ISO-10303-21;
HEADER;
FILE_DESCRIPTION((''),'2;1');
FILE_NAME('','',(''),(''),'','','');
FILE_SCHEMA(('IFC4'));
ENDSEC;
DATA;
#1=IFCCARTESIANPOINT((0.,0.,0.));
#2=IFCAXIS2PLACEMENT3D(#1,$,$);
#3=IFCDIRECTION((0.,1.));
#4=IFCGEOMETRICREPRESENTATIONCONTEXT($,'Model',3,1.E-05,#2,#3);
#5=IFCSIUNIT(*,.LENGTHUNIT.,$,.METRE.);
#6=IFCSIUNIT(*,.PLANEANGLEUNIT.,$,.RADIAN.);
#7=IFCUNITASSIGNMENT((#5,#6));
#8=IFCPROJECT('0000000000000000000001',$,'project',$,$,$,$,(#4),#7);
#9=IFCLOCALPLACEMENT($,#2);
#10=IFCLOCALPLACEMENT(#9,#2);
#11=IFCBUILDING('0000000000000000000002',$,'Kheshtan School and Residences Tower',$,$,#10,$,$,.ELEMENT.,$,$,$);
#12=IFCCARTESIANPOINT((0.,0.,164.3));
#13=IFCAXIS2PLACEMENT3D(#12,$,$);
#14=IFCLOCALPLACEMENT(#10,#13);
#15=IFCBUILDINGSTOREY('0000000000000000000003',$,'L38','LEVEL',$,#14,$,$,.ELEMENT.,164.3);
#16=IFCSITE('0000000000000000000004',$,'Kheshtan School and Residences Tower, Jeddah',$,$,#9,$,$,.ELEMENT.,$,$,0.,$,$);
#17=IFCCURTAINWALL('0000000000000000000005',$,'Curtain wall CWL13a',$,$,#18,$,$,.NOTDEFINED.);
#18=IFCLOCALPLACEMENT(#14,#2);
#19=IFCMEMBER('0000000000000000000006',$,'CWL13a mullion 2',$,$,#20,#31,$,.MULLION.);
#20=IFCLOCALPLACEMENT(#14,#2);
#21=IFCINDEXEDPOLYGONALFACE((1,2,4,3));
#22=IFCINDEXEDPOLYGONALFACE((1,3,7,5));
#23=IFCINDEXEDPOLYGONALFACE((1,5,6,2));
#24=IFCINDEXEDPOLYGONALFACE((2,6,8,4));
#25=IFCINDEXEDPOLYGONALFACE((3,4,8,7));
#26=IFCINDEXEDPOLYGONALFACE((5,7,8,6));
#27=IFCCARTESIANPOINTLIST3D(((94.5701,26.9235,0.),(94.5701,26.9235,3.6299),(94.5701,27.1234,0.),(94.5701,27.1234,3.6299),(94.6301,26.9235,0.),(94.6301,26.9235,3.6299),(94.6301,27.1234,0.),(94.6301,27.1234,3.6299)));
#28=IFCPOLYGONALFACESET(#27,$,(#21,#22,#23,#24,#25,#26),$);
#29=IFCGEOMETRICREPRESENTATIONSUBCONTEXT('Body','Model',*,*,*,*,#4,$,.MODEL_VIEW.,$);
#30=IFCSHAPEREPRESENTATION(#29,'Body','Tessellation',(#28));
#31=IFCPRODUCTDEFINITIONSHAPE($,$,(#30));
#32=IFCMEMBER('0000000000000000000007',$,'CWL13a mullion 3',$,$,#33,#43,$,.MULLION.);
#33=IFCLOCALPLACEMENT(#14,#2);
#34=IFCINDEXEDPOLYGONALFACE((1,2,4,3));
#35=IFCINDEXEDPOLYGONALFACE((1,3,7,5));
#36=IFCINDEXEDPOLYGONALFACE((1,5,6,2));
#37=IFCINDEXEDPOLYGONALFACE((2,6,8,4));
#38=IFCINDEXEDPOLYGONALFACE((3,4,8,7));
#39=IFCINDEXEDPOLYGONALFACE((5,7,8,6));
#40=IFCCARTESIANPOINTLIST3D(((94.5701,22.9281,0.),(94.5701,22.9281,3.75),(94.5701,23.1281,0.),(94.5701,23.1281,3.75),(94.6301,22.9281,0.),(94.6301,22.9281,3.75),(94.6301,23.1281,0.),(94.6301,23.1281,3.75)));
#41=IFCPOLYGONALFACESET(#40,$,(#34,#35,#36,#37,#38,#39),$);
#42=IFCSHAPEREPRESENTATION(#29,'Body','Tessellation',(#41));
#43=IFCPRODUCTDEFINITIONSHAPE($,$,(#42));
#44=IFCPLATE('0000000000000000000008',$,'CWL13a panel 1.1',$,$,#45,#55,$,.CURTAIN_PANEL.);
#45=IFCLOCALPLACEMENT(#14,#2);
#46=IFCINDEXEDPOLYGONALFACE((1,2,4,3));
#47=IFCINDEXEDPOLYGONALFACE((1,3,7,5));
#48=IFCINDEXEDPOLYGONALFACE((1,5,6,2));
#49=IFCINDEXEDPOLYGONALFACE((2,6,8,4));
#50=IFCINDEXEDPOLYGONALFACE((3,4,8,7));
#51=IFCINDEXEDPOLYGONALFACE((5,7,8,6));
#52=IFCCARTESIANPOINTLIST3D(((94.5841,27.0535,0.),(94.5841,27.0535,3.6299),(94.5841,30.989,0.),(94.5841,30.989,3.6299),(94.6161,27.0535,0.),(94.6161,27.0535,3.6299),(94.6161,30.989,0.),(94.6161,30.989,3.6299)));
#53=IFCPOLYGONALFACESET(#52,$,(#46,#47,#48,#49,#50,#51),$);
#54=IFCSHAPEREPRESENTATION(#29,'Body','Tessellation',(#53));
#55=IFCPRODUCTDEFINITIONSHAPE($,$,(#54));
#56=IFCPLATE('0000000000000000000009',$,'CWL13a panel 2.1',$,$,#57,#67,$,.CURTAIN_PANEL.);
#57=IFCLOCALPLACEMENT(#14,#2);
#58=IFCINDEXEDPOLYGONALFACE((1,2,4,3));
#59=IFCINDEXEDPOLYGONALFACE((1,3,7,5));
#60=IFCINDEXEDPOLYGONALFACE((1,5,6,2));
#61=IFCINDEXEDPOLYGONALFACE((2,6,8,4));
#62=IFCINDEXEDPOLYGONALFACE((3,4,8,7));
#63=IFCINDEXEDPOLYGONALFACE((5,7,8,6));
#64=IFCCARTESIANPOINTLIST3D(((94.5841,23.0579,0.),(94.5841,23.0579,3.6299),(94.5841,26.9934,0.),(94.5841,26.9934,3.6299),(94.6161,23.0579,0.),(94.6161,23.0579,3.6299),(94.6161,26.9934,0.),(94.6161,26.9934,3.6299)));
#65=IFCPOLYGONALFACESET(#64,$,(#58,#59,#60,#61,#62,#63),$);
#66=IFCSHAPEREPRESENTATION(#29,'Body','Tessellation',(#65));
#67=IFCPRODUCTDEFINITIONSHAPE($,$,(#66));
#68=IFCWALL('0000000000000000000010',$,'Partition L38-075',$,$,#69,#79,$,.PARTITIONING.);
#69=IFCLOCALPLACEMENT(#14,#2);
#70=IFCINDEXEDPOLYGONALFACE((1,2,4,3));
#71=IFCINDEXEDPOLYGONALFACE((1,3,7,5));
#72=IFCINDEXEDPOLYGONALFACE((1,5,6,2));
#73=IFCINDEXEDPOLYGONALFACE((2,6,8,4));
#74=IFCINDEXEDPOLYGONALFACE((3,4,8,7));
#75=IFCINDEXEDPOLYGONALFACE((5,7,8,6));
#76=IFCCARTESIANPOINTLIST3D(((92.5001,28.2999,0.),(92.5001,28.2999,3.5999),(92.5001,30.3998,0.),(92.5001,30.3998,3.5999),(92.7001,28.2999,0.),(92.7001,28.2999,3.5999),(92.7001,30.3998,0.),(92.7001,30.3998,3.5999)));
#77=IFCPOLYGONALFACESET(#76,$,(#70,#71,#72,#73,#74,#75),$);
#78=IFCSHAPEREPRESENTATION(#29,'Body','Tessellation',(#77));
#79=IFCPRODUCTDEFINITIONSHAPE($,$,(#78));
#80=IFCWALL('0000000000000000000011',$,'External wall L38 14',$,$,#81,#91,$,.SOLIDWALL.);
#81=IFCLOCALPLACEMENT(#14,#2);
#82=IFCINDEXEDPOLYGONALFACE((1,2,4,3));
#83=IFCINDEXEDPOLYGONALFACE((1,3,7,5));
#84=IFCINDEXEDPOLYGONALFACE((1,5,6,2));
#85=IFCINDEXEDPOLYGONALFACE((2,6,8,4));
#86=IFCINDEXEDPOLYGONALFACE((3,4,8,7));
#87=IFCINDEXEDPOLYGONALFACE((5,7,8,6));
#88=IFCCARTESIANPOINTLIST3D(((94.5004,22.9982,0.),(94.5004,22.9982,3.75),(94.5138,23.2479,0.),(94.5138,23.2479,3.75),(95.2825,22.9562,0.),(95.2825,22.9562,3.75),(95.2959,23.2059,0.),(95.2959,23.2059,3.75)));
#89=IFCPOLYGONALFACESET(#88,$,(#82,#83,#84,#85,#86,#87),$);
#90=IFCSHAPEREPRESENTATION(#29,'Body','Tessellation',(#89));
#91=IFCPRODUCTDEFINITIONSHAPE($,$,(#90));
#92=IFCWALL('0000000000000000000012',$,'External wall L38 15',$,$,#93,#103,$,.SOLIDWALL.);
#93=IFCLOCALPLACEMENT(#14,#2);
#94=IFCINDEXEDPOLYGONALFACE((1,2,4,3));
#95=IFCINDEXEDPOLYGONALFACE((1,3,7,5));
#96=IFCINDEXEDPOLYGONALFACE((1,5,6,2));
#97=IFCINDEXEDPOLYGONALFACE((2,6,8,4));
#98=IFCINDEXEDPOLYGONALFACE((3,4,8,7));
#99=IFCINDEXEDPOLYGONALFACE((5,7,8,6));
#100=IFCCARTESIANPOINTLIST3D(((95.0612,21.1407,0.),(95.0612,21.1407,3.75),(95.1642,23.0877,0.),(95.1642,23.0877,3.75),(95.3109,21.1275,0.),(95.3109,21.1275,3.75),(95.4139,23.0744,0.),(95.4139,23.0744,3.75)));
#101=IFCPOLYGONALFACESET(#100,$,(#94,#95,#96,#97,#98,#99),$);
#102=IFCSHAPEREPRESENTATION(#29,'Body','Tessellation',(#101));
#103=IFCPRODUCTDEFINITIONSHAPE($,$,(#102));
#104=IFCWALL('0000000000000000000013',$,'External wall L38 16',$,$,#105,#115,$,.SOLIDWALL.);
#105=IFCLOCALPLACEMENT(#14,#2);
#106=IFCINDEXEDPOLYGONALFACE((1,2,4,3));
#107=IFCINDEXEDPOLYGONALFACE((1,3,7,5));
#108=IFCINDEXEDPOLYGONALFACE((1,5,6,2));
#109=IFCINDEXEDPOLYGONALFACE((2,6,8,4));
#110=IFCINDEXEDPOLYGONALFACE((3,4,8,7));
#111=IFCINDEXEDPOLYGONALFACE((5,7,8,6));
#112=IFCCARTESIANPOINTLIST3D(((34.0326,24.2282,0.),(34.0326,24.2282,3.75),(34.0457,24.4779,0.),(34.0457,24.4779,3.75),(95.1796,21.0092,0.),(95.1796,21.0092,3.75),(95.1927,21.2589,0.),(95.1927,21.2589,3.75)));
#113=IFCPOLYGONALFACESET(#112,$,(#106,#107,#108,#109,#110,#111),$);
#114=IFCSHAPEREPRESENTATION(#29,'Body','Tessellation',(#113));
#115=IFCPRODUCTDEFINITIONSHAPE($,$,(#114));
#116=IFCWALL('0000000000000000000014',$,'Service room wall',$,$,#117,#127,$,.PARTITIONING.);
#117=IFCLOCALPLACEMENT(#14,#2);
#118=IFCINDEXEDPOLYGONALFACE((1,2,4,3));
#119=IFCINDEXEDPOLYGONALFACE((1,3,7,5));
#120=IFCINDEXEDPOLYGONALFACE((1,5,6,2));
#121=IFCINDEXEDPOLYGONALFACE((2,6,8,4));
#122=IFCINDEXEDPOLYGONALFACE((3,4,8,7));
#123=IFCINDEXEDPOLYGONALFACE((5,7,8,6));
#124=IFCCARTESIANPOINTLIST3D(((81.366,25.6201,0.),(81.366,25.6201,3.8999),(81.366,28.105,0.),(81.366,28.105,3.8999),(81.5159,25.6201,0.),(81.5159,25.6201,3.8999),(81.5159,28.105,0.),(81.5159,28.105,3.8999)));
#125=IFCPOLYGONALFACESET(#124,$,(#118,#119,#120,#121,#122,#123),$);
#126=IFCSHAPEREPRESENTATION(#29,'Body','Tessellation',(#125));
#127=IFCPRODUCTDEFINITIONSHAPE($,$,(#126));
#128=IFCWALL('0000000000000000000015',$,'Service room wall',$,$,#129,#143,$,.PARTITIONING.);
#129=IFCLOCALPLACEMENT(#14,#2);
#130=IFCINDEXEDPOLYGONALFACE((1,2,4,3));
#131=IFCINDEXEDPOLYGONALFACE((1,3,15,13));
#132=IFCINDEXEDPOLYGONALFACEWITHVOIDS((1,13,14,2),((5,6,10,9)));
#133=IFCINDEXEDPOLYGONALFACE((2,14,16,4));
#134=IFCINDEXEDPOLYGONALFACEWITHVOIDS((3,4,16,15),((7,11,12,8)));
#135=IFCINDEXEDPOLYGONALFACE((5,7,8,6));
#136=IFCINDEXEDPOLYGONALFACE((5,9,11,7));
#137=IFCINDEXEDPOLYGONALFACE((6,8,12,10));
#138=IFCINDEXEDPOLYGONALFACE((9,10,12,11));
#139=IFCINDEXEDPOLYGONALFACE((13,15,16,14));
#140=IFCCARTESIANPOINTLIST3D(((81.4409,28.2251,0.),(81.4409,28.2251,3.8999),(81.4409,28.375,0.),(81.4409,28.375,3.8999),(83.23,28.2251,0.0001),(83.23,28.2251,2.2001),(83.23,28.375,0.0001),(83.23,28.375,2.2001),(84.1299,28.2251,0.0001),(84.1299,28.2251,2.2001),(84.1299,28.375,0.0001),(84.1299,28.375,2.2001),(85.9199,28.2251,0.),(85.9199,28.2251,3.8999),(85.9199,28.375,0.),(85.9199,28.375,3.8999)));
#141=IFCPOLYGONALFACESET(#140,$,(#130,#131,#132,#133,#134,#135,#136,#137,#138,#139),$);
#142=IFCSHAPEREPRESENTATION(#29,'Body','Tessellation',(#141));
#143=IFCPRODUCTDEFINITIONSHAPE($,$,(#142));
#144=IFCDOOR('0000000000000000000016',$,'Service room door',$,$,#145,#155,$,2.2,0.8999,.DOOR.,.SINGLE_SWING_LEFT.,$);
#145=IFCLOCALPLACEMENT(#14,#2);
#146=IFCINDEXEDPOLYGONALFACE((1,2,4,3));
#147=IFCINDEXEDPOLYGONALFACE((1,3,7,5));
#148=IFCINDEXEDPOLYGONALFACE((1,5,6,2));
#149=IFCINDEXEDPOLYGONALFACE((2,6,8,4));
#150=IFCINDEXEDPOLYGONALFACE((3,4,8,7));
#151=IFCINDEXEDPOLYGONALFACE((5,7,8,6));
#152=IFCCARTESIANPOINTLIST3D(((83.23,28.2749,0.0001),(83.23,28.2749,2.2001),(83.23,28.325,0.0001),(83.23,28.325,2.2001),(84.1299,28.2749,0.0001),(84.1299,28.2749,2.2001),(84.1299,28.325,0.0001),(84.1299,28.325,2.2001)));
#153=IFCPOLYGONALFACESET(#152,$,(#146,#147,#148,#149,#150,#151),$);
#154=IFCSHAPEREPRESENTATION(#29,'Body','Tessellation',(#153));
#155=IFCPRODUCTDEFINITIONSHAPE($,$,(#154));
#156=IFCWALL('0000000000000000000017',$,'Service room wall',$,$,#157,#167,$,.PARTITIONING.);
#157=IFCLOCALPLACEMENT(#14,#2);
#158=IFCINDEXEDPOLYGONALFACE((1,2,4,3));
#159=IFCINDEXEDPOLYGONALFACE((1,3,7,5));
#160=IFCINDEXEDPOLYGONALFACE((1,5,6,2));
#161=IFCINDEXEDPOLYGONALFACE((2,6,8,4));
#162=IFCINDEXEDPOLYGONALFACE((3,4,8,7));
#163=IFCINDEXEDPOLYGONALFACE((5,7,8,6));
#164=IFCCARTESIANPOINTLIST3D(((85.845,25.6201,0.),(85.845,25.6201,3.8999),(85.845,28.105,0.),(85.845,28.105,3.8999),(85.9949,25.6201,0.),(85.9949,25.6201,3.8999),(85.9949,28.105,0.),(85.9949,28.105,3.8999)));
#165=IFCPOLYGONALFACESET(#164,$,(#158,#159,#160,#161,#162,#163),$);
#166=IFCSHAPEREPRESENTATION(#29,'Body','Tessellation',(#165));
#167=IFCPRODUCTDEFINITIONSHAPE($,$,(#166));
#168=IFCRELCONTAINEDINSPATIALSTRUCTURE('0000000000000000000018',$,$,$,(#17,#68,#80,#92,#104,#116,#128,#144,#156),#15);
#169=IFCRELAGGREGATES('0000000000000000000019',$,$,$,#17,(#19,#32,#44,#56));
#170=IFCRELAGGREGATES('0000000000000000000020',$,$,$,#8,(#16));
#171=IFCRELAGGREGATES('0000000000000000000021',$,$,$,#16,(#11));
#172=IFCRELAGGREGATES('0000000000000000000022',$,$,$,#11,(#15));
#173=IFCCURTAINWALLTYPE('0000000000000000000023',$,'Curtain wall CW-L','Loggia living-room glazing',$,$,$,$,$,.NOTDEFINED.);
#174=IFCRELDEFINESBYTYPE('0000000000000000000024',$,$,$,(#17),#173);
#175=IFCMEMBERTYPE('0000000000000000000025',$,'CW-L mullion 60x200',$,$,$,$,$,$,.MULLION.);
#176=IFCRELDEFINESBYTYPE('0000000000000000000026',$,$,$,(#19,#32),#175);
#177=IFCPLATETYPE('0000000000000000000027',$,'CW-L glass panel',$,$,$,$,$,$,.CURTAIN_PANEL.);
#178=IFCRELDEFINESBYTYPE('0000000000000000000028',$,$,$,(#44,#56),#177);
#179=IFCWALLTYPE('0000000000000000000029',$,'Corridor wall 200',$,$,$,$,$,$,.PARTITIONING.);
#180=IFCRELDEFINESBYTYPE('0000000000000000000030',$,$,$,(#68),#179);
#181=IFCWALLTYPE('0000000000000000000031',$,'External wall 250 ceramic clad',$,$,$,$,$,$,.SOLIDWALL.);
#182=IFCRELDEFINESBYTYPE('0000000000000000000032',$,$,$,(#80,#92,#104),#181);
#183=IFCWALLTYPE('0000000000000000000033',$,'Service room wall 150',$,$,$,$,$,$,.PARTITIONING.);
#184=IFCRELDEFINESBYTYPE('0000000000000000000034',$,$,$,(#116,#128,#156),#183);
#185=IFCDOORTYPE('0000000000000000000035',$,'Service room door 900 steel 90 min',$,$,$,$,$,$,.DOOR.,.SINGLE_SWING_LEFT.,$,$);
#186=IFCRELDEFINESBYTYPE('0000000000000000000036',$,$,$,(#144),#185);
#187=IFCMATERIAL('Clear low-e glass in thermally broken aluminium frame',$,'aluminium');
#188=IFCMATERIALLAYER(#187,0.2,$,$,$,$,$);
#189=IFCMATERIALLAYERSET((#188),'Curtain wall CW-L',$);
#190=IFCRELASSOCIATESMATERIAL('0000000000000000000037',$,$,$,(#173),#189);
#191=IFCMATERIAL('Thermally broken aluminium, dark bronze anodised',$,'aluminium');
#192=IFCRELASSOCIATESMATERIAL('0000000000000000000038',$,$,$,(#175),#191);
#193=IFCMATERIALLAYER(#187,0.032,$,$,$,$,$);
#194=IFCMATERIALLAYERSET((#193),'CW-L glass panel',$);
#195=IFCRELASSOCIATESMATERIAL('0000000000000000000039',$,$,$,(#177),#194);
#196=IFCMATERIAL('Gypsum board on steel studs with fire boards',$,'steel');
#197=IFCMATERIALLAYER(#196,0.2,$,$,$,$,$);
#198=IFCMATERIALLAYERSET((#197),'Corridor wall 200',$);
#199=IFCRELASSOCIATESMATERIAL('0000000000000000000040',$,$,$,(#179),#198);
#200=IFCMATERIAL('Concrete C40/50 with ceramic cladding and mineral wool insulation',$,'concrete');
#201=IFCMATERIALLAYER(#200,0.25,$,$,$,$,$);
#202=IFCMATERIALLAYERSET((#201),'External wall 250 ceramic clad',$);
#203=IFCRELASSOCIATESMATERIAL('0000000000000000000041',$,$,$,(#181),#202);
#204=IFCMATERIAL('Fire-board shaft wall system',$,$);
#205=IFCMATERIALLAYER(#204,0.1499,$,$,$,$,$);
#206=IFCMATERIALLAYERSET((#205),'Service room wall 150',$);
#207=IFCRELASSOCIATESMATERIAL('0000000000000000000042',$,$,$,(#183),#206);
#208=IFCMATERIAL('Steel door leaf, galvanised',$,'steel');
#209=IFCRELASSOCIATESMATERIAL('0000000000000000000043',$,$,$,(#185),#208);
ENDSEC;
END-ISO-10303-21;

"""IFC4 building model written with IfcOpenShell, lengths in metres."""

from ifc_helpers import new_model, si_unit, direction, frame, frame_2d, origin, origin_2d, place, context, subcontext, project, spatial, rectangle, extrude, source, transform, mapped, material, layer, layer_set, material_profile, profile_set, type_object, element, fill, aggregate, save


model = new_model("IFC4")

# Units and contexts
model_context = context("Model", 3, precision=1e-05, world=origin(), true_north=direction((0.0, 1.0)))
body_context = subcontext(model_context, "Body", "Model", "MODEL_VIEW")
ifc_project = project(units=[si_unit("LENGTHUNIT", "METRE"), si_unit("PLANEANGLEUNIT", "RADIAN")], contexts=[model_context])

# Site, building, storey
site_placement = place(None, origin())
site = spatial("IfcSite", under=ifc_project, at=site_placement, Name="Kheshtan School and Residences Tower, Jeddah", CompositionType="ELEMENT", RefElevation=0.0)
building_placement = place(site_placement, origin())
building = spatial("IfcBuilding", under=site, at=building_placement, Name="Kheshtan School and Residences Tower", CompositionType="ELEMENT")
storey_placement = place(building_placement, frame((0.0, 0.0, 164.3)))
storey = spatial("IfcBuildingStorey", under=building, at=storey_placement, Name="L38", Description="LEVEL", CompositionType="ELEMENT", Elevation=164.3)

# Curtain wall, members, plates
ifc_material_1 = material(Name="Clear low-e glass in thermally broken aluminium frame", Category="aluminium")
ifc_layer_1 = layer(ifc_material_1, 0.2)
ifc_layer_set_1 = layer_set([ifc_layer_1], Name="Curtain wall CW-L")
curtain_wall_type = type_object("IfcCurtainWallType", Name="Curtain wall CW-L", Description="Loggia living-room glazing", PredefinedType="NOTDEFINED", material=ifc_layer_set_1)
curtain_wall_placement = place(storey_placement, origin())
curtain_wall = element("IfcCurtainWall", 1, at=curtain_wall_placement, inside=storey, type_object=curtain_wall_type, Name="Curtain wall CWL13a", PredefinedType="NOTDEFINED")
ifc_material_2 = material(Name="Thermally broken aluminium, dark bronze anodised", Category="aluminium")
ifc_material_profile_1 = material_profile(ifc_material_2, rectangle(XDim=0.0601, YDim=0.2, at=origin_2d()), Name="CW-L mullion 60x200")
ifc_profile_set_1 = profile_set([ifc_material_profile_1], Name="Thermally broken aluminium, dark bronze anodised")
member_type = type_object("IfcMemberType", Name="CW-L mullion 60x200", PredefinedType="MULLION", material=ifc_profile_set_1)
member_1_placement = place(storey_placement, frame((94.6001, 27.0234, 0.0), z_axis=(0.0, 0.0, 1.0), x_axis=(1.0, 0.0, 0.0)))
member_1 = element("IfcMember", 2, at=member_1_placement, type_object=member_type, Name="CWL13a mullion 2", PredefinedType="MULLION", context=body_context, shape_type="SweptSolid", body=[
    extrude(rectangle(XDim=0.0601, YDim=0.2, at=origin_2d()), origin(), (0.0, 0.0, 1.0), 3.6299),
])
member_2_placement = place(storey_placement, frame((94.6001, 23.0281, 0.0), z_axis=(0.0, 0.0, 1.0), x_axis=(1.0, 0.0, 0.0)))
member_2 = element("IfcMember", 3, at=member_2_placement, type_object=member_type, Name="CWL13a mullion 3", PredefinedType="MULLION", context=body_context, shape_type="SweptSolid", body=[
    extrude(rectangle(XDim=0.0601, YDim=0.2, at=origin_2d()), origin(), (0.0, 0.0, 1.0), 3.75),
])
ifc_layer_2 = layer(ifc_material_1, 0.032)
ifc_layer_set_2 = layer_set([ifc_layer_2], Name="CW-L glass panel")
plate_type = type_object("IfcPlateType", Name="CW-L glass panel", PredefinedType="CURTAIN_PANEL", material=ifc_layer_set_2)
plate_1_placement = place(storey_placement, frame((94.6001, 29.0212, 0.0), z_axis=(0.0, 0.0, 1.0), x_axis=(0.0, -1.0, 0.0)))
plate_1 = element("IfcPlate", 4, at=plate_1_placement, type_object=plate_type, Name="CWL13a panel 1.1", PredefinedType="CURTAIN_PANEL", context=body_context, shape_type="SweptSolid", body=[
    extrude(rectangle(XDim=3.9355, YDim=0.032, at=origin_2d()), origin(), (0.0, 0.0, 1.0), 3.6299),
])
plate_2_placement = place(storey_placement, frame((94.6001, 25.0256, 0.0), z_axis=(0.0, 0.0, 1.0), x_axis=(0.0, -1.0, 0.0)))
plate_2 = element("IfcPlate", 5, at=plate_2_placement, type_object=plate_type, Name="CWL13a panel 2.1", PredefinedType="CURTAIN_PANEL", context=body_context, shape_type="SweptSolid", body=[
    extrude(rectangle(XDim=3.9355, YDim=0.032, at=origin_2d()), origin(), (0.0, 0.0, 1.0), 3.6299),
])
aggregate(curtain_wall, [member_1, member_2, plate_1, plate_2])

# Walls
ifc_material_3 = material(Name="Gypsum board on steel studs with fire boards", Category="steel")
ifc_layer_3 = layer(ifc_material_3, 0.2)
ifc_layer_set_3 = layer_set([ifc_layer_3], Name="Corridor wall 200")
wall_type_1 = type_object("IfcWallType", Name="Corridor wall 200", PredefinedType="PARTITIONING", material=ifc_layer_set_3)
wall_1_placement = place(storey_placement, frame((92.6001, 28.3, 0.0), z_axis=(0.0, 0.0, 1.0), x_axis=(0.0, 1.0, 0.0)))
element("IfcWall", 6, at=wall_1_placement, inside=storey, type_object=wall_type_1, Name="Partition L38-075", PredefinedType="PARTITIONING", context=body_context, shape_type="SweptSolid", body=[
    extrude(rectangle(XDim=2.0999, YDim=0.2, at=frame_2d((1.0498, 0.0))), origin(), (0.0, 0.0, 1.0), 3.5999),
])
ifc_material_4 = material(Name="Concrete C40/50 with ceramic cladding and mineral wool insulation", Category="concrete")
ifc_layer_4 = layer(ifc_material_4, 0.25)
ifc_layer_set_4 = layer_set([ifc_layer_4], Name="External wall 250 ceramic clad")
wall_type_2 = type_object("IfcWallType", Name="External wall 250 ceramic clad", PredefinedType="SOLIDWALL", material=ifc_layer_set_4)
wall_2_placement = place(storey_placement, frame((94.5071, 23.123, 0.0), z_axis=(0.0, 0.0, 1.0), x_axis=(0.998561, -0.053622, 0.0)))
element("IfcWall", 7, at=wall_2_placement, inside=storey, type_object=wall_type_2, Name="External wall L38 14", PredefinedType="SOLIDWALL", context=body_context, shape_type="SweptSolid", body=[
    extrude(rectangle(XDim=0.7832, YDim=0.25, at=frame_2d((0.3916, 0.0))), origin(), (0.0, 0.0, 1.0), 3.75),
])
wall_3_placement = place(storey_placement, frame((95.2891, 23.0811, 0.0), z_axis=(0.0, 0.0, 1.0), x_axis=(-0.052841, -0.998603, 0.0)))
element("IfcWall", 8, at=wall_3_placement, inside=storey, type_object=wall_type_2, Name="External wall L38 15", PredefinedType="SOLIDWALL", context=body_context, shape_type="SweptSolid", body=[
    extrude(rectangle(XDim=1.9497, YDim=0.25, at=frame_2d((0.9749, 0.0))), origin(), (0.0, 0.0, 1.0), 3.75),
])
wall_4_placement = place(storey_placement, frame((95.186, 21.134, 0.0), z_axis=(0.0, 0.0, 1.0), x_axis=(-0.998617, 0.052571, 0.0)))
element("IfcWall", 9, at=wall_4_placement, inside=storey, type_object=wall_type_2, Name="External wall L38 16", PredefinedType="SOLIDWALL", context=body_context, shape_type="SweptSolid", body=[
    extrude(rectangle(XDim=61.2317, YDim=0.25, at=frame_2d((30.6157, 0.0))), origin(), (0.0, 0.0, 1.0), 3.75),
])
ifc_material_5 = material(Name="Fire-board shaft wall system")
ifc_layer_5 = layer(ifc_material_5, 0.1499)
ifc_layer_set_5 = layer_set([ifc_layer_5], Name="Service room wall 150")
wall_type_3 = type_object("IfcWallType", Name="Service room wall 150", PredefinedType="PARTITIONING", material=ifc_layer_set_5)
wall_5_placement = place(storey_placement, frame((81.4409, 25.6201, 0.0), z_axis=(0.0, 0.0, 1.0), x_axis=(0.0, 1.0, 0.0)))
element("IfcWall", 10, at=wall_5_placement, inside=storey, type_object=wall_type_3, Name="Service room wall", PredefinedType="PARTITIONING", context=body_context, shape_type="SweptSolid", body=[
    extrude(rectangle(XDim=2.4849, YDim=0.1499, at=frame_2d((1.2424, 0.0))), origin(), (0.0, 0.0, 1.0), 3.8999),
])

# Wall, opening, door
wall_6_placement = place(storey_placement, frame((81.4409, 28.3, 0.0), z_axis=(0.0, 0.0, 1.0), x_axis=(1.0, 0.0, 0.0)))
wall_6 = element("IfcWall", 11, at=wall_6_placement, inside=storey, type_object=wall_type_3, Name="Service room wall", PredefinedType="PARTITIONING", context=body_context, shape_type="SweptSolid", body=[
    extrude(rectangle(XDim=4.479, YDim=0.1499, at=frame_2d((2.2395, 0.0))), origin(), (0.0, 0.0, 1.0), 3.8999),
])
opening_1_placement = place(wall_6_placement, frame((1.7891, 0.0, 0.0)))
opening_1 = element("IfcOpeningElement", 12, at=opening_1_placement, cuts=wall_6, PredefinedType="OPENING", context=body_context, shape_type="SweptSolid", body=[
    extrude(rectangle(XDim=0.8999, YDim=2.2, at=frame_2d((0.45, 1.1001))), frame((0.0, 0.085, 0.0), z_axis=(0.0, -1.0, 0.0), x_axis=(1.0, 0.0, 0.0)), (0.0, 0.0, 1.0), 0.1699),
])
ifc_material_6 = material(Name="Steel door leaf, galvanised", Category="steel")
door_type_1 = type_object("IfcDoorType", Name="Service room door 900 steel 90 min", OperationType="SINGLE_SWING_LEFT", PredefinedType="DOOR", material=ifc_material_6)
shared_shape_1 = source(origin(), body_context, "Body", "SweptSolid", [
    extrude(rectangle(XDim=0.8999, YDim=2.2, at=frame_2d((0.45, 1.1001))), frame((0.0, 0.0249, 0.0), z_axis=(0.0, -1.0, 0.0), x_axis=(1.0, 0.0, 0.0)), (0.0, 0.0, 1.0), 0.05),
])
door_1_placement = place(opening_1_placement, origin())
door_1 = element("IfcDoor", 13, at=door_1_placement, inside=storey, type_object=door_type_1, Name="Service room door", OperationType="SINGLE_SWING_LEFT", OverallHeight=2.2, OverallWidth=0.8999, PredefinedType="DOOR", context=body_context, shape_type="MappedRepresentation", body=[
    mapped(shared_shape_1, transform((0.0, 0.0, 0.0), x_axis=(1.0, 0.0, 0.0), y_axis=(0.0, 1.0, 0.0), z_axis=(0.0, 0.0, 1.0), scale=1.0)),
])
fill(opening_1, door_1)

# Wall
wall_7_placement = place(storey_placement, frame((85.9199, 25.6201, 0.0), z_axis=(0.0, 0.0, 1.0), x_axis=(0.0, 1.0, 0.0)))
element("IfcWall", 14, at=wall_7_placement, inside=storey, type_object=wall_type_3, Name="Service room wall", PredefinedType="PARTITIONING", context=body_context, shape_type="SweptSolid", body=[
    extrude(rectangle(XDim=2.4849, YDim=0.1499, at=frame_2d((1.2424, 0.0))), origin(), (0.0, 0.0, 1.0), 3.8999),
])

save(model, "model.ifc")
